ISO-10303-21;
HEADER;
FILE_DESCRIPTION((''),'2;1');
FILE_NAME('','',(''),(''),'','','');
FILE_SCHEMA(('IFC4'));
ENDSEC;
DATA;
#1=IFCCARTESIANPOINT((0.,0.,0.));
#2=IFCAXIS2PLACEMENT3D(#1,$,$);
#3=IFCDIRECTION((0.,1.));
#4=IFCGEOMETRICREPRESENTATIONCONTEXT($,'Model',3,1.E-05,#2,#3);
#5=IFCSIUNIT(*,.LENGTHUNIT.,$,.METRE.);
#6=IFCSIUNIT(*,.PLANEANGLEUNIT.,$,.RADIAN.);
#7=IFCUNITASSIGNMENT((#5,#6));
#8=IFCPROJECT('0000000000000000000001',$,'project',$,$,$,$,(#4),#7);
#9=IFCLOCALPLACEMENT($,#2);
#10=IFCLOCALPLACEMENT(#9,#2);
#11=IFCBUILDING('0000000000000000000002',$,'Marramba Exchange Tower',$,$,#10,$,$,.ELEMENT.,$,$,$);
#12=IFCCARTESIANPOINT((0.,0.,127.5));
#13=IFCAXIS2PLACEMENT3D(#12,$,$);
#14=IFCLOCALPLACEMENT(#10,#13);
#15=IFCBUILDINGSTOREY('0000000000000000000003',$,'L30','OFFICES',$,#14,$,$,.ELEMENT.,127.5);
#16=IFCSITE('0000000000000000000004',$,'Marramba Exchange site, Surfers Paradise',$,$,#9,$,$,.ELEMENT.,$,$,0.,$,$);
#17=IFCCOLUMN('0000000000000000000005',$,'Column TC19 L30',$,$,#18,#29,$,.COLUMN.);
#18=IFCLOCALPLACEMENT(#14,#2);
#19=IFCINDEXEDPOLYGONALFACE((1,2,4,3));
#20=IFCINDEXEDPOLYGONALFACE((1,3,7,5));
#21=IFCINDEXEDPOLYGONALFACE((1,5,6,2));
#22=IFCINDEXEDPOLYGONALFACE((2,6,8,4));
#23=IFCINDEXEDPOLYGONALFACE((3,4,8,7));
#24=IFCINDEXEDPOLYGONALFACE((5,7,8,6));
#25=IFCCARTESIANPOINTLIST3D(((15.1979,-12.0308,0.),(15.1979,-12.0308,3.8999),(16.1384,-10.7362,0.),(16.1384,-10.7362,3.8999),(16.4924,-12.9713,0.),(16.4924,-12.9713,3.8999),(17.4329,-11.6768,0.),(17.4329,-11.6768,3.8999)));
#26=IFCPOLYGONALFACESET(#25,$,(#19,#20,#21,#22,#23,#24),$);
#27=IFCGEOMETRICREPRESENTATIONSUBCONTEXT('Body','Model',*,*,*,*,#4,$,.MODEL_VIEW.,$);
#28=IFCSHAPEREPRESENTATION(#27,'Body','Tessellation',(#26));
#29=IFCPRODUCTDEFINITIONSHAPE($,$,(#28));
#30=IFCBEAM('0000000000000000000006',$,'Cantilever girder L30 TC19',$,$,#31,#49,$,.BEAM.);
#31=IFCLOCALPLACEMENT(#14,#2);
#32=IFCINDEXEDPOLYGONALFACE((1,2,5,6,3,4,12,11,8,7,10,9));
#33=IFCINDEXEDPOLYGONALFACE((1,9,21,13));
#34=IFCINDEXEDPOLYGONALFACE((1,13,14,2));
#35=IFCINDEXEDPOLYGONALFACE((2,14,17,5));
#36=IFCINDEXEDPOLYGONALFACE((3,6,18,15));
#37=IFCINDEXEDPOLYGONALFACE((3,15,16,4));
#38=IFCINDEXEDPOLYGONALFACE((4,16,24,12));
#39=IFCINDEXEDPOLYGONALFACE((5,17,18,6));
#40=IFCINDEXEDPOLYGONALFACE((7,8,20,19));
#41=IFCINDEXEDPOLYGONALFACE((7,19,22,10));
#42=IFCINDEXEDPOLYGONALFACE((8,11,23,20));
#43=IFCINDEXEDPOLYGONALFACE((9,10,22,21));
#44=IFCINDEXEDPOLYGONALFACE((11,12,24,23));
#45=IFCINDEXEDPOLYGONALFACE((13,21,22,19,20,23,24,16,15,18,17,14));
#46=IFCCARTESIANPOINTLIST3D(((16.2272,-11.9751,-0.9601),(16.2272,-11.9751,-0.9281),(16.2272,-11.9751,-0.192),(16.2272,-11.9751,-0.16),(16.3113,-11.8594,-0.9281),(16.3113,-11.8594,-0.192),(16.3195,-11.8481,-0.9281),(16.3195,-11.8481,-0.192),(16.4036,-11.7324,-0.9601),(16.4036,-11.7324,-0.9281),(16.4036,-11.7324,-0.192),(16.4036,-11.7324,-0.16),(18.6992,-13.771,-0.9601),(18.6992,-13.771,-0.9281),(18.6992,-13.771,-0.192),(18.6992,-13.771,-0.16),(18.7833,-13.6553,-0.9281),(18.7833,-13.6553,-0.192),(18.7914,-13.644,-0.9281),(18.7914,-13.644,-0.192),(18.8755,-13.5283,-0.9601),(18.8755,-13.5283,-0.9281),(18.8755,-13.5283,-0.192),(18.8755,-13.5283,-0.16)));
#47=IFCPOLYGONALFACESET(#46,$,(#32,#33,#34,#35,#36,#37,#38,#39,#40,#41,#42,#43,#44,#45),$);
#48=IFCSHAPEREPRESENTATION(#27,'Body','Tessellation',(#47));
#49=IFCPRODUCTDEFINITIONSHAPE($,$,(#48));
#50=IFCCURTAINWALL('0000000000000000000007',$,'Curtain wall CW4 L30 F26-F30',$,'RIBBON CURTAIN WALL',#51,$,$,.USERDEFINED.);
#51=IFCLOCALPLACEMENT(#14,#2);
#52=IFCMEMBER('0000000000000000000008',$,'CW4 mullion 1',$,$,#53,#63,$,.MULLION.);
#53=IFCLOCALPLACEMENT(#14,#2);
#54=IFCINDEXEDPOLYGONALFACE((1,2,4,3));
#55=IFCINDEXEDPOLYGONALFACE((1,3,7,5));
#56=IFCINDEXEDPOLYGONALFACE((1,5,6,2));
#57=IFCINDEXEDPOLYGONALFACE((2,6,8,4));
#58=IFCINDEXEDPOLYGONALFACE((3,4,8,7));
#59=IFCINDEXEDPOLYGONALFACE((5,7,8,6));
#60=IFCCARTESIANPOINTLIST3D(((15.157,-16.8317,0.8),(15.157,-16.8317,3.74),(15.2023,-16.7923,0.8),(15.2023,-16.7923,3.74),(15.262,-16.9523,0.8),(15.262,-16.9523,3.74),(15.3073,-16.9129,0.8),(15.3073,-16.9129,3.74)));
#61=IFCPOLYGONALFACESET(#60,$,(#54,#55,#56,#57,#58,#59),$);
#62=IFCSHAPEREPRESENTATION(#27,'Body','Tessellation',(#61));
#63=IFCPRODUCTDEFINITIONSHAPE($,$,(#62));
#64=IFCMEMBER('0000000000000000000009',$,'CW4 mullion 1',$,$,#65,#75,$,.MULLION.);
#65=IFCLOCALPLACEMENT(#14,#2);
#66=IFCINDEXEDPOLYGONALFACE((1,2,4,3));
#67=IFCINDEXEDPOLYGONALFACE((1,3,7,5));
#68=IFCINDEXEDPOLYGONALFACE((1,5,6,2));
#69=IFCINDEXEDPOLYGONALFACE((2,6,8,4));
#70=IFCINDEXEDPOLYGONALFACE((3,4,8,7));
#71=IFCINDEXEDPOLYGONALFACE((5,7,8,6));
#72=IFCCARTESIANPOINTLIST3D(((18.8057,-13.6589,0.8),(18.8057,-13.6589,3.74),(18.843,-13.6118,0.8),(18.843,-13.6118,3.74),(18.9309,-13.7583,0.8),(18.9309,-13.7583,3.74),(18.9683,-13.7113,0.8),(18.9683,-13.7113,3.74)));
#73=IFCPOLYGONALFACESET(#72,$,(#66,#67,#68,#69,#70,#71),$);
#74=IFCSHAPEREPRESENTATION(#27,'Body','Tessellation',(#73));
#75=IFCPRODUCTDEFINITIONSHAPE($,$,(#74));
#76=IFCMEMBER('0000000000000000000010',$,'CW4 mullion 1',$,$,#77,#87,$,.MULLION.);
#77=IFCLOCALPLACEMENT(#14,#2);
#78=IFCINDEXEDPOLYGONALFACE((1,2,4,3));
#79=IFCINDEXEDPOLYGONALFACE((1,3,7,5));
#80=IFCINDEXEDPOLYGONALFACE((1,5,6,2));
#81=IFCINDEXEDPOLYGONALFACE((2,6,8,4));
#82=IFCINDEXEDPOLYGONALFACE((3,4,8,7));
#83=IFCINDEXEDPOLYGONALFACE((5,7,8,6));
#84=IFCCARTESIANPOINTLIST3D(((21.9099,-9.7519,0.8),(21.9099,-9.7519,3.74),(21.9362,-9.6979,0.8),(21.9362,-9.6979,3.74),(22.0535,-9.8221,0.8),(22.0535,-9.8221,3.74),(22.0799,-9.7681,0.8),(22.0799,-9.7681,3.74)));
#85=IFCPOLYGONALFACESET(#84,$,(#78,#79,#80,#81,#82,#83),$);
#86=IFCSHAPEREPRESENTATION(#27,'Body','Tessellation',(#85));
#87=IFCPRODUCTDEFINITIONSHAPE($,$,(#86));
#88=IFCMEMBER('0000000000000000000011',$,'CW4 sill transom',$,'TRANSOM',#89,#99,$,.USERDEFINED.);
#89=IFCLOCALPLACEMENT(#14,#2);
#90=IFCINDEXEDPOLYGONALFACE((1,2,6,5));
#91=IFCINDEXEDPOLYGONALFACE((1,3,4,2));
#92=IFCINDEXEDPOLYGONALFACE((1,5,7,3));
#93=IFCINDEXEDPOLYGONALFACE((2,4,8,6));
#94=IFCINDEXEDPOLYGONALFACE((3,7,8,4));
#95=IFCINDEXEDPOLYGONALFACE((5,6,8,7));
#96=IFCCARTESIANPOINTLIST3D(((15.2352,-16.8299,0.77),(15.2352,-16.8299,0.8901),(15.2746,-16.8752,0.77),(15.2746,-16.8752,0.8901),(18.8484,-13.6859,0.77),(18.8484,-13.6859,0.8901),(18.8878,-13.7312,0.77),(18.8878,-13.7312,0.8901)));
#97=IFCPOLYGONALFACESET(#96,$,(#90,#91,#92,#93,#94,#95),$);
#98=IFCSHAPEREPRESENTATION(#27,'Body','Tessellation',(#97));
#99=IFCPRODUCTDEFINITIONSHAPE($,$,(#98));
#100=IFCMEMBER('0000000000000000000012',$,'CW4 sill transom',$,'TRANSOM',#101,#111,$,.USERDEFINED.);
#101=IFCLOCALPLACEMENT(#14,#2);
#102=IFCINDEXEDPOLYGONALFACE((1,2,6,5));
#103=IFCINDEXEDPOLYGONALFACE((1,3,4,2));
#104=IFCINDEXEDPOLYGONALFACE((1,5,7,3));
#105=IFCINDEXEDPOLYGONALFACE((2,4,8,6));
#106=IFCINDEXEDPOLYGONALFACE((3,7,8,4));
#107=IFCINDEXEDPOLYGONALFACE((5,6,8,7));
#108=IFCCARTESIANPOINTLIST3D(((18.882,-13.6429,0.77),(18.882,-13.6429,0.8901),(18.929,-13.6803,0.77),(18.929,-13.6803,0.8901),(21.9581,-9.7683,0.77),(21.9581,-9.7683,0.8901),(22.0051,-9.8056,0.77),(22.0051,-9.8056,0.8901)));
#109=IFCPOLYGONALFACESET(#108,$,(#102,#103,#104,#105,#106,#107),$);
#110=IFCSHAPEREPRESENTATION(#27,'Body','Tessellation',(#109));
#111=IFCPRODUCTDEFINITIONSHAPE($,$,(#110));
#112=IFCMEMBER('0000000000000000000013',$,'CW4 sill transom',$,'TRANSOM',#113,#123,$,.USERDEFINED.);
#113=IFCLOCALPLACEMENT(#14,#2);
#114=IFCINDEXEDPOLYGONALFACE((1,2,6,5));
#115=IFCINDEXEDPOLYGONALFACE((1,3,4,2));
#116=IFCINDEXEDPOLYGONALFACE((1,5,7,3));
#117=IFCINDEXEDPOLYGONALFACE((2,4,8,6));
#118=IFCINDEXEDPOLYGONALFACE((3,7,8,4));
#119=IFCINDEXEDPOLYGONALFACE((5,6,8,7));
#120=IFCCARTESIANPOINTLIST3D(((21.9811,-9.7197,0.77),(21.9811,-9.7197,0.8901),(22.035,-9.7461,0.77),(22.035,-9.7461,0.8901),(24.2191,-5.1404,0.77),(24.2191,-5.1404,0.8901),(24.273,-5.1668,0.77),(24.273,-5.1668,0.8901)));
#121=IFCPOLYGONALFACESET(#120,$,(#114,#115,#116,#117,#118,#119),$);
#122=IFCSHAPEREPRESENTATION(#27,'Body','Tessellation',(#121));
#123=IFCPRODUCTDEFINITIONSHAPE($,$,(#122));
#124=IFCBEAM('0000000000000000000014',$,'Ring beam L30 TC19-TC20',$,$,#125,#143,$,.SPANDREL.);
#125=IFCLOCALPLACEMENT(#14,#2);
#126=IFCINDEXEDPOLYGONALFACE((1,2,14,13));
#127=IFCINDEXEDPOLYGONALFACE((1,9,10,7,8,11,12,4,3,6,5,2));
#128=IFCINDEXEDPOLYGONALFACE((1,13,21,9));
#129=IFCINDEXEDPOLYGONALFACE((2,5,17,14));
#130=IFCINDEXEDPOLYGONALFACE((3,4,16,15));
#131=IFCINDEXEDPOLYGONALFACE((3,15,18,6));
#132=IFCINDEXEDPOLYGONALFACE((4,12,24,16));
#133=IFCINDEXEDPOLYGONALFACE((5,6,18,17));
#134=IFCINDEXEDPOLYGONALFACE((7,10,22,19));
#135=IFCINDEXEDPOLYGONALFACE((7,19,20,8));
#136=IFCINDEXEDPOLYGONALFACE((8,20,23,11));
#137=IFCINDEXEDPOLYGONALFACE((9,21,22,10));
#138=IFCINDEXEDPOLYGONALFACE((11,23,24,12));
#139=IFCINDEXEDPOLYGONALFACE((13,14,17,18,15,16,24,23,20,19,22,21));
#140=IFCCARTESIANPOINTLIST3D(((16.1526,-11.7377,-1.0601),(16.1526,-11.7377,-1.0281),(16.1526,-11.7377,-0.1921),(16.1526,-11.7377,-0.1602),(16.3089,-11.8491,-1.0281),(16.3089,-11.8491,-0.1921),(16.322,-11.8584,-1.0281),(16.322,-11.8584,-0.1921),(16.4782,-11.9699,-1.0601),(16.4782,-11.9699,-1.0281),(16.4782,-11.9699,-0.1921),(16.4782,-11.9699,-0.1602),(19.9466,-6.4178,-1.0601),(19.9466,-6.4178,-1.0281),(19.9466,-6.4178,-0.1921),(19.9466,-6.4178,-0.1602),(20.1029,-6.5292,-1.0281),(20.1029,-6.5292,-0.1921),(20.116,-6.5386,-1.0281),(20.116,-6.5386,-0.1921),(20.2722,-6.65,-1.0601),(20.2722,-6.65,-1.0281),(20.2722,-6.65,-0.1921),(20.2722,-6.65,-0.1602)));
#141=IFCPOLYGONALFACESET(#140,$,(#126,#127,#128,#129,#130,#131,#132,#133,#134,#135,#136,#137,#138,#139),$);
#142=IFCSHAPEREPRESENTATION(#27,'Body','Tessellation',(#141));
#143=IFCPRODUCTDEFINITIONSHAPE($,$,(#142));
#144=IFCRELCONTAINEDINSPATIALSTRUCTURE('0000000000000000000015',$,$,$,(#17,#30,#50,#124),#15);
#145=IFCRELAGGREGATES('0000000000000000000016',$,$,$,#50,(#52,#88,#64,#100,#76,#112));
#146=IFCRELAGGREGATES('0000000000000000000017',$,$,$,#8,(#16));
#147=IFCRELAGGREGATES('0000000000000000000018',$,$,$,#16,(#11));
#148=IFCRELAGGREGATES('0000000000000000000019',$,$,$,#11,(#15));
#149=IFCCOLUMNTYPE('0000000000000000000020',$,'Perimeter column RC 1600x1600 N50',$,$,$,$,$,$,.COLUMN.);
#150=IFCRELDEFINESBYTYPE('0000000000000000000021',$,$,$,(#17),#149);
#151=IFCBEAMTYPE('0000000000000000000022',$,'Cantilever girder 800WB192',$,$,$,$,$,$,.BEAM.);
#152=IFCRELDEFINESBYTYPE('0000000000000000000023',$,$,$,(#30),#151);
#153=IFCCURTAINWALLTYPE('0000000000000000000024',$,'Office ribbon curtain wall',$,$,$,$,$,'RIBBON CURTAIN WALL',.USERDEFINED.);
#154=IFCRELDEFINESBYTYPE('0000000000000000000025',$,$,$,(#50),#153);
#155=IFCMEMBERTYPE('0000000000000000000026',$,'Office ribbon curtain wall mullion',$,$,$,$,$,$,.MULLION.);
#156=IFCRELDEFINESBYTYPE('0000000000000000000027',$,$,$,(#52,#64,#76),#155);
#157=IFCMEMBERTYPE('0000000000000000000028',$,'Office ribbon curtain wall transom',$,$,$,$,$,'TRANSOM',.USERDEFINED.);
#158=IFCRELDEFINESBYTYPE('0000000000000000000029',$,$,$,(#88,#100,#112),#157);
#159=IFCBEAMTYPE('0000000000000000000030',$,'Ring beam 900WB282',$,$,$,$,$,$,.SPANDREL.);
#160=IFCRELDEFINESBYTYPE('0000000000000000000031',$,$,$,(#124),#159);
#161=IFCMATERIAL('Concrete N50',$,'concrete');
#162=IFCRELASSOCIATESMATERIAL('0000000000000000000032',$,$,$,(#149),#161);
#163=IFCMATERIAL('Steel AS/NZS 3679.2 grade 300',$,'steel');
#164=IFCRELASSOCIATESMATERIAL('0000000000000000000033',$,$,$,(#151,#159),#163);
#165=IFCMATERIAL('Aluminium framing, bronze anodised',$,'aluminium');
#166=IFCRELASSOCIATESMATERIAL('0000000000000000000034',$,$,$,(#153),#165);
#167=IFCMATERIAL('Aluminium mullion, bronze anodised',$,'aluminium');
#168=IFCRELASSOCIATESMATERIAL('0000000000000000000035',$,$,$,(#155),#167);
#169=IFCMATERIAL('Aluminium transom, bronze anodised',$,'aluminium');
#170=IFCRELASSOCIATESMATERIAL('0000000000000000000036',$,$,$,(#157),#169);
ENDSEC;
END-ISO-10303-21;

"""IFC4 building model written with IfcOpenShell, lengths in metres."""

from ifc_helpers import new_model, si_unit, direction, frame, origin, origin_2d, place, context, subcontext, project, spatial, rectangle, i_section, extrude, material, material_profile, profile_set, type_object, element, aggregate, save


model = new_model("IFC4")

# Units and contexts
model_context = context("Model", 3, precision=1e-05, world=origin(), true_north=direction((0.0, 1.0)))
body_context = subcontext(model_context, "Body", "Model", "MODEL_VIEW")
ifc_project = project(units=[si_unit("LENGTHUNIT", "METRE"), si_unit("PLANEANGLEUNIT", "RADIAN")], contexts=[model_context])

# Site, building, storey
site_placement = place(None, origin())
site = spatial("IfcSite", under=ifc_project, at=site_placement, Name="Marramba Exchange site, Surfers Paradise", CompositionType="ELEMENT", RefElevation=0.0)
building_placement = place(site_placement, origin())
building = spatial("IfcBuilding", under=site, at=building_placement, Name="Marramba Exchange Tower", CompositionType="ELEMENT")
storey_placement = place(building_placement, frame((0.0, 0.0, 127.5)))
storey = spatial("IfcBuildingStorey", under=building, at=storey_placement, Name="L30", Description="OFFICES", CompositionType="ELEMENT", Elevation=127.5)

# Column
ifc_material_1 = material(Name="Concrete N50", Category="concrete")
ifc_material_profile_1 = material_profile(ifc_material_1, rectangle(XDim=1.6001, YDim=1.6001, at=origin_2d()), Name="RC 1600x1600")
ifc_profile_set_1 = profile_set([ifc_material_profile_1], Name="Concrete N50")
column_type = type_object("IfcColumnType", Name="Perimeter column RC 1600x1600 N50", PredefinedType="COLUMN", material=ifc_profile_set_1)
column_placement = place(storey_placement, frame((16.3154, -11.8538, 0.0), z_axis=(0.0, 0.0, 1.0), x_axis=(0.809017, -0.587785, 0.0)))
element("IfcColumn", 1, at=column_placement, inside=storey, type_object=column_type, Name="Column TC19 L30", PredefinedType="COLUMN", context=body_context, shape_type="SweptSolid", body=[
    extrude(rectangle(XDim=1.6001, YDim=1.6001, at=origin_2d()), origin(), (0.0, 0.0, 1.0), 3.8999),
])

# Beam
ifc_material_2 = material(Name="Steel AS/NZS 3679.2 grade 300", Category="steel")
ifc_material_profile_2 = material_profile(ifc_material_2, i_section(OverallWidth=0.3, OverallDepth=0.8, WebThickness=0.0139, FlangeThickness=0.032, at=origin_2d()), Name="800WB192")
ifc_profile_set_2 = profile_set([ifc_material_profile_2], Name="Steel AS/NZS 3679.2 grade 300")
beam_type_1 = type_object("IfcBeamType", Name="Cantilever girder 800WB192", PredefinedType="BEAM", material=ifc_profile_set_2)
beam_1_placement = place(storey_placement, frame((16.3154, -11.8538, -0.5601), z_axis=(0.809026, -0.587773, 0.0), x_axis=(0.587773, 0.809026, 0.0)))
element("IfcBeam", 2, at=beam_1_placement, inside=storey, type_object=beam_type_1, Name="Cantilever girder L30 TC19", PredefinedType="BEAM", context=body_context, shape_type="SweptSolid", body=[
    extrude(i_section(OverallWidth=0.3, OverallDepth=0.8, WebThickness=0.0139, FlangeThickness=0.032, at=origin_2d()), origin(), (0.0, 0.0, 1.0), 3.0554),
])

# Curtain wall, members
ifc_material_3 = material(Name="Aluminium framing, bronze anodised", Category="aluminium")
curtain_wall_type = type_object("IfcCurtainWallType", Name="Office ribbon curtain wall", ElementType="RIBBON CURTAIN WALL", PredefinedType="USERDEFINED", material=ifc_material_3)
curtain_wall_placement = place(storey_placement, origin())
curtain_wall = element("IfcCurtainWall", 3, at=curtain_wall_placement, inside=storey, type_object=curtain_wall_type, Name="Curtain wall CW4 L30 F26-F30", ObjectType="RIBBON CURTAIN WALL", PredefinedType="USERDEFINED")
ifc_material_4 = material(Name="Aluminium mullion, bronze anodised", Category="aluminium")
ifc_material_profile_3 = material_profile(ifc_material_4, rectangle(XDim=0.1599, YDim=0.0601, at=origin_2d()), Name="CW4 mullion 60x160")
ifc_profile_set_3 = profile_set([ifc_material_profile_3], Name="Aluminium mullion, bronze anodised")
member_type_1 = type_object("IfcMemberType", Name="Office ribbon curtain wall mullion", PredefinedType="MULLION", material=ifc_profile_set_3)
member_1_placement = place(storey_placement, frame((15.2322, -16.8723, 0.8), z_axis=(0.0, 0.0, 1.0), x_axis=(-0.656432, 0.754386, 0.0)))
member_1 = element("IfcMember", 4, at=member_1_placement, type_object=member_type_1, Name="CW4 mullion 1", PredefinedType="MULLION", context=body_context, shape_type="SweptSolid", body=[
    extrude(rectangle(XDim=0.1599, YDim=0.0601, at=origin_2d()), origin(), (0.0, 0.0, 1.0), 2.9399),
])
member_2_placement = place(storey_placement, frame((18.887, -13.6851, 0.8), z_axis=(0.0, 0.0, 1.0), x_axis=(-0.78317, 0.621807, 0.0)))
member_2 = element("IfcMember", 5, at=member_2_placement, type_object=member_type_1, Name="CW4 mullion 1", PredefinedType="MULLION", context=body_context, shape_type="SweptSolid", body=[
    extrude(rectangle(XDim=0.1599, YDim=0.0601, at=origin_2d()), origin(), (0.0, 0.0, 1.0), 2.9399),
])
member_3_placement = place(storey_placement, frame((21.9949, -9.76, 0.8), z_axis=(0.0, 0.0, 1.0), x_axis=(-0.898445, 0.439086, 0.0)))
member_3 = element("IfcMember", 6, at=member_3_placement, type_object=member_type_1, Name="CW4 mullion 1", PredefinedType="MULLION", context=body_context, shape_type="SweptSolid", body=[
    extrude(rectangle(XDim=0.1599, YDim=0.0601, at=origin_2d()), origin(), (0.0, 0.0, 1.0), 2.9399),
])
ifc_material_5 = material(Name="Aluminium transom, bronze anodised", Category="aluminium")
ifc_material_profile_4 = material_profile(ifc_material_5, rectangle(XDim=0.0601, YDim=0.1201, at=origin_2d()), Name="CW4 transom 60x120")
ifc_profile_set_4 = profile_set([ifc_material_profile_4], Name="Aluminium transom, bronze anodised")
member_type_2 = type_object("IfcMemberType", Name="Office ribbon curtain wall transom", ElementType="TRANSOM", PredefinedType="USERDEFINED", material=ifc_profile_set_4)
member_4_placement = place(storey_placement, frame((15.2549, -16.8525, 0.8301), z_axis=(0.754393, 0.656424, 0.0), x_axis=(-0.656424, 0.754393, 0.0)))
member_4 = element("IfcMember", 7, at=member_4_placement, type_object=member_type_2, Name="CW4 sill transom", ObjectType="TRANSOM", PredefinedType="USERDEFINED", context=body_context, shape_type="SweptSolid", body=[
    extrude(rectangle(XDim=0.0601, YDim=0.1201, at=origin_2d()), origin(), (0.0, 0.0, 1.0), 4.7896),
])
member_5_placement = place(storey_placement, frame((18.9055, -13.6616, 0.8301), z_axis=(0.621778, 0.783194, 0.0), x_axis=(-0.783194, 0.621778, 0.0)))
member_5 = element("IfcMember", 8, at=member_5_placement, type_object=member_type_2, Name="CW4 sill transom", ObjectType="TRANSOM", PredefinedType="USERDEFINED", context=body_context, shape_type="SweptSolid", body=[
    extrude(rectangle(XDim=0.0601, YDim=0.1201, at=origin_2d()), origin(), (0.0, 0.0, 1.0), 4.9473),
])
member_6_placement = place(storey_placement, frame((22.0081, -9.7329, 0.8301), z_axis=(0.439091, 0.898443, 0.0), x_axis=(-0.898443, 0.439091, 0.0)))
member_6 = element("IfcMember", 9, at=member_6_placement, type_object=member_type_2, Name="CW4 sill transom", ObjectType="TRANSOM", PredefinedType="USERDEFINED", context=body_context, shape_type="SweptSolid", body=[
    extrude(rectangle(XDim=0.0601, YDim=0.1201, at=origin_2d()), origin(), (0.0, 0.0, 1.0), 5.0969),
])

# Beam
ifc_material_profile_5 = material_profile(ifc_material_2, i_section(OverallWidth=0.3999, OverallDepth=0.8999, WebThickness=0.0161, FlangeThickness=0.032, at=origin_2d()), Name="900WB282")
ifc_profile_set_5 = profile_set([ifc_material_profile_5], Name="Steel AS/NZS 3679.2 grade 300")
beam_type_2 = type_object("IfcBeamType", Name="Ring beam 900WB282", PredefinedType="SPANDREL", material=ifc_profile_set_5)
beam_2_placement = place(storey_placement, frame((16.3154, -11.8538, -0.6101), z_axis=(0.580637, 0.814162, 0.0), x_axis=(-0.814162, 0.580637, 0.0)))
element("IfcBeam", 10, at=beam_2_placement, inside=storey, type_object=beam_type_2, Name="Ring beam L30 TC19-TC20", PredefinedType="SPANDREL", context=body_context, shape_type="SweptSolid", body=[
    extrude(i_section(OverallWidth=0.3999, OverallDepth=0.8999, WebThickness=0.0161, FlangeThickness=0.032, at=origin_2d()), origin(), (0.0, 0.0, 1.0), 6.5342),
])

aggregate(curtain_wall, [member_1, member_4, member_2, member_5, member_3, member_6])

save(model, "model.ifc")
